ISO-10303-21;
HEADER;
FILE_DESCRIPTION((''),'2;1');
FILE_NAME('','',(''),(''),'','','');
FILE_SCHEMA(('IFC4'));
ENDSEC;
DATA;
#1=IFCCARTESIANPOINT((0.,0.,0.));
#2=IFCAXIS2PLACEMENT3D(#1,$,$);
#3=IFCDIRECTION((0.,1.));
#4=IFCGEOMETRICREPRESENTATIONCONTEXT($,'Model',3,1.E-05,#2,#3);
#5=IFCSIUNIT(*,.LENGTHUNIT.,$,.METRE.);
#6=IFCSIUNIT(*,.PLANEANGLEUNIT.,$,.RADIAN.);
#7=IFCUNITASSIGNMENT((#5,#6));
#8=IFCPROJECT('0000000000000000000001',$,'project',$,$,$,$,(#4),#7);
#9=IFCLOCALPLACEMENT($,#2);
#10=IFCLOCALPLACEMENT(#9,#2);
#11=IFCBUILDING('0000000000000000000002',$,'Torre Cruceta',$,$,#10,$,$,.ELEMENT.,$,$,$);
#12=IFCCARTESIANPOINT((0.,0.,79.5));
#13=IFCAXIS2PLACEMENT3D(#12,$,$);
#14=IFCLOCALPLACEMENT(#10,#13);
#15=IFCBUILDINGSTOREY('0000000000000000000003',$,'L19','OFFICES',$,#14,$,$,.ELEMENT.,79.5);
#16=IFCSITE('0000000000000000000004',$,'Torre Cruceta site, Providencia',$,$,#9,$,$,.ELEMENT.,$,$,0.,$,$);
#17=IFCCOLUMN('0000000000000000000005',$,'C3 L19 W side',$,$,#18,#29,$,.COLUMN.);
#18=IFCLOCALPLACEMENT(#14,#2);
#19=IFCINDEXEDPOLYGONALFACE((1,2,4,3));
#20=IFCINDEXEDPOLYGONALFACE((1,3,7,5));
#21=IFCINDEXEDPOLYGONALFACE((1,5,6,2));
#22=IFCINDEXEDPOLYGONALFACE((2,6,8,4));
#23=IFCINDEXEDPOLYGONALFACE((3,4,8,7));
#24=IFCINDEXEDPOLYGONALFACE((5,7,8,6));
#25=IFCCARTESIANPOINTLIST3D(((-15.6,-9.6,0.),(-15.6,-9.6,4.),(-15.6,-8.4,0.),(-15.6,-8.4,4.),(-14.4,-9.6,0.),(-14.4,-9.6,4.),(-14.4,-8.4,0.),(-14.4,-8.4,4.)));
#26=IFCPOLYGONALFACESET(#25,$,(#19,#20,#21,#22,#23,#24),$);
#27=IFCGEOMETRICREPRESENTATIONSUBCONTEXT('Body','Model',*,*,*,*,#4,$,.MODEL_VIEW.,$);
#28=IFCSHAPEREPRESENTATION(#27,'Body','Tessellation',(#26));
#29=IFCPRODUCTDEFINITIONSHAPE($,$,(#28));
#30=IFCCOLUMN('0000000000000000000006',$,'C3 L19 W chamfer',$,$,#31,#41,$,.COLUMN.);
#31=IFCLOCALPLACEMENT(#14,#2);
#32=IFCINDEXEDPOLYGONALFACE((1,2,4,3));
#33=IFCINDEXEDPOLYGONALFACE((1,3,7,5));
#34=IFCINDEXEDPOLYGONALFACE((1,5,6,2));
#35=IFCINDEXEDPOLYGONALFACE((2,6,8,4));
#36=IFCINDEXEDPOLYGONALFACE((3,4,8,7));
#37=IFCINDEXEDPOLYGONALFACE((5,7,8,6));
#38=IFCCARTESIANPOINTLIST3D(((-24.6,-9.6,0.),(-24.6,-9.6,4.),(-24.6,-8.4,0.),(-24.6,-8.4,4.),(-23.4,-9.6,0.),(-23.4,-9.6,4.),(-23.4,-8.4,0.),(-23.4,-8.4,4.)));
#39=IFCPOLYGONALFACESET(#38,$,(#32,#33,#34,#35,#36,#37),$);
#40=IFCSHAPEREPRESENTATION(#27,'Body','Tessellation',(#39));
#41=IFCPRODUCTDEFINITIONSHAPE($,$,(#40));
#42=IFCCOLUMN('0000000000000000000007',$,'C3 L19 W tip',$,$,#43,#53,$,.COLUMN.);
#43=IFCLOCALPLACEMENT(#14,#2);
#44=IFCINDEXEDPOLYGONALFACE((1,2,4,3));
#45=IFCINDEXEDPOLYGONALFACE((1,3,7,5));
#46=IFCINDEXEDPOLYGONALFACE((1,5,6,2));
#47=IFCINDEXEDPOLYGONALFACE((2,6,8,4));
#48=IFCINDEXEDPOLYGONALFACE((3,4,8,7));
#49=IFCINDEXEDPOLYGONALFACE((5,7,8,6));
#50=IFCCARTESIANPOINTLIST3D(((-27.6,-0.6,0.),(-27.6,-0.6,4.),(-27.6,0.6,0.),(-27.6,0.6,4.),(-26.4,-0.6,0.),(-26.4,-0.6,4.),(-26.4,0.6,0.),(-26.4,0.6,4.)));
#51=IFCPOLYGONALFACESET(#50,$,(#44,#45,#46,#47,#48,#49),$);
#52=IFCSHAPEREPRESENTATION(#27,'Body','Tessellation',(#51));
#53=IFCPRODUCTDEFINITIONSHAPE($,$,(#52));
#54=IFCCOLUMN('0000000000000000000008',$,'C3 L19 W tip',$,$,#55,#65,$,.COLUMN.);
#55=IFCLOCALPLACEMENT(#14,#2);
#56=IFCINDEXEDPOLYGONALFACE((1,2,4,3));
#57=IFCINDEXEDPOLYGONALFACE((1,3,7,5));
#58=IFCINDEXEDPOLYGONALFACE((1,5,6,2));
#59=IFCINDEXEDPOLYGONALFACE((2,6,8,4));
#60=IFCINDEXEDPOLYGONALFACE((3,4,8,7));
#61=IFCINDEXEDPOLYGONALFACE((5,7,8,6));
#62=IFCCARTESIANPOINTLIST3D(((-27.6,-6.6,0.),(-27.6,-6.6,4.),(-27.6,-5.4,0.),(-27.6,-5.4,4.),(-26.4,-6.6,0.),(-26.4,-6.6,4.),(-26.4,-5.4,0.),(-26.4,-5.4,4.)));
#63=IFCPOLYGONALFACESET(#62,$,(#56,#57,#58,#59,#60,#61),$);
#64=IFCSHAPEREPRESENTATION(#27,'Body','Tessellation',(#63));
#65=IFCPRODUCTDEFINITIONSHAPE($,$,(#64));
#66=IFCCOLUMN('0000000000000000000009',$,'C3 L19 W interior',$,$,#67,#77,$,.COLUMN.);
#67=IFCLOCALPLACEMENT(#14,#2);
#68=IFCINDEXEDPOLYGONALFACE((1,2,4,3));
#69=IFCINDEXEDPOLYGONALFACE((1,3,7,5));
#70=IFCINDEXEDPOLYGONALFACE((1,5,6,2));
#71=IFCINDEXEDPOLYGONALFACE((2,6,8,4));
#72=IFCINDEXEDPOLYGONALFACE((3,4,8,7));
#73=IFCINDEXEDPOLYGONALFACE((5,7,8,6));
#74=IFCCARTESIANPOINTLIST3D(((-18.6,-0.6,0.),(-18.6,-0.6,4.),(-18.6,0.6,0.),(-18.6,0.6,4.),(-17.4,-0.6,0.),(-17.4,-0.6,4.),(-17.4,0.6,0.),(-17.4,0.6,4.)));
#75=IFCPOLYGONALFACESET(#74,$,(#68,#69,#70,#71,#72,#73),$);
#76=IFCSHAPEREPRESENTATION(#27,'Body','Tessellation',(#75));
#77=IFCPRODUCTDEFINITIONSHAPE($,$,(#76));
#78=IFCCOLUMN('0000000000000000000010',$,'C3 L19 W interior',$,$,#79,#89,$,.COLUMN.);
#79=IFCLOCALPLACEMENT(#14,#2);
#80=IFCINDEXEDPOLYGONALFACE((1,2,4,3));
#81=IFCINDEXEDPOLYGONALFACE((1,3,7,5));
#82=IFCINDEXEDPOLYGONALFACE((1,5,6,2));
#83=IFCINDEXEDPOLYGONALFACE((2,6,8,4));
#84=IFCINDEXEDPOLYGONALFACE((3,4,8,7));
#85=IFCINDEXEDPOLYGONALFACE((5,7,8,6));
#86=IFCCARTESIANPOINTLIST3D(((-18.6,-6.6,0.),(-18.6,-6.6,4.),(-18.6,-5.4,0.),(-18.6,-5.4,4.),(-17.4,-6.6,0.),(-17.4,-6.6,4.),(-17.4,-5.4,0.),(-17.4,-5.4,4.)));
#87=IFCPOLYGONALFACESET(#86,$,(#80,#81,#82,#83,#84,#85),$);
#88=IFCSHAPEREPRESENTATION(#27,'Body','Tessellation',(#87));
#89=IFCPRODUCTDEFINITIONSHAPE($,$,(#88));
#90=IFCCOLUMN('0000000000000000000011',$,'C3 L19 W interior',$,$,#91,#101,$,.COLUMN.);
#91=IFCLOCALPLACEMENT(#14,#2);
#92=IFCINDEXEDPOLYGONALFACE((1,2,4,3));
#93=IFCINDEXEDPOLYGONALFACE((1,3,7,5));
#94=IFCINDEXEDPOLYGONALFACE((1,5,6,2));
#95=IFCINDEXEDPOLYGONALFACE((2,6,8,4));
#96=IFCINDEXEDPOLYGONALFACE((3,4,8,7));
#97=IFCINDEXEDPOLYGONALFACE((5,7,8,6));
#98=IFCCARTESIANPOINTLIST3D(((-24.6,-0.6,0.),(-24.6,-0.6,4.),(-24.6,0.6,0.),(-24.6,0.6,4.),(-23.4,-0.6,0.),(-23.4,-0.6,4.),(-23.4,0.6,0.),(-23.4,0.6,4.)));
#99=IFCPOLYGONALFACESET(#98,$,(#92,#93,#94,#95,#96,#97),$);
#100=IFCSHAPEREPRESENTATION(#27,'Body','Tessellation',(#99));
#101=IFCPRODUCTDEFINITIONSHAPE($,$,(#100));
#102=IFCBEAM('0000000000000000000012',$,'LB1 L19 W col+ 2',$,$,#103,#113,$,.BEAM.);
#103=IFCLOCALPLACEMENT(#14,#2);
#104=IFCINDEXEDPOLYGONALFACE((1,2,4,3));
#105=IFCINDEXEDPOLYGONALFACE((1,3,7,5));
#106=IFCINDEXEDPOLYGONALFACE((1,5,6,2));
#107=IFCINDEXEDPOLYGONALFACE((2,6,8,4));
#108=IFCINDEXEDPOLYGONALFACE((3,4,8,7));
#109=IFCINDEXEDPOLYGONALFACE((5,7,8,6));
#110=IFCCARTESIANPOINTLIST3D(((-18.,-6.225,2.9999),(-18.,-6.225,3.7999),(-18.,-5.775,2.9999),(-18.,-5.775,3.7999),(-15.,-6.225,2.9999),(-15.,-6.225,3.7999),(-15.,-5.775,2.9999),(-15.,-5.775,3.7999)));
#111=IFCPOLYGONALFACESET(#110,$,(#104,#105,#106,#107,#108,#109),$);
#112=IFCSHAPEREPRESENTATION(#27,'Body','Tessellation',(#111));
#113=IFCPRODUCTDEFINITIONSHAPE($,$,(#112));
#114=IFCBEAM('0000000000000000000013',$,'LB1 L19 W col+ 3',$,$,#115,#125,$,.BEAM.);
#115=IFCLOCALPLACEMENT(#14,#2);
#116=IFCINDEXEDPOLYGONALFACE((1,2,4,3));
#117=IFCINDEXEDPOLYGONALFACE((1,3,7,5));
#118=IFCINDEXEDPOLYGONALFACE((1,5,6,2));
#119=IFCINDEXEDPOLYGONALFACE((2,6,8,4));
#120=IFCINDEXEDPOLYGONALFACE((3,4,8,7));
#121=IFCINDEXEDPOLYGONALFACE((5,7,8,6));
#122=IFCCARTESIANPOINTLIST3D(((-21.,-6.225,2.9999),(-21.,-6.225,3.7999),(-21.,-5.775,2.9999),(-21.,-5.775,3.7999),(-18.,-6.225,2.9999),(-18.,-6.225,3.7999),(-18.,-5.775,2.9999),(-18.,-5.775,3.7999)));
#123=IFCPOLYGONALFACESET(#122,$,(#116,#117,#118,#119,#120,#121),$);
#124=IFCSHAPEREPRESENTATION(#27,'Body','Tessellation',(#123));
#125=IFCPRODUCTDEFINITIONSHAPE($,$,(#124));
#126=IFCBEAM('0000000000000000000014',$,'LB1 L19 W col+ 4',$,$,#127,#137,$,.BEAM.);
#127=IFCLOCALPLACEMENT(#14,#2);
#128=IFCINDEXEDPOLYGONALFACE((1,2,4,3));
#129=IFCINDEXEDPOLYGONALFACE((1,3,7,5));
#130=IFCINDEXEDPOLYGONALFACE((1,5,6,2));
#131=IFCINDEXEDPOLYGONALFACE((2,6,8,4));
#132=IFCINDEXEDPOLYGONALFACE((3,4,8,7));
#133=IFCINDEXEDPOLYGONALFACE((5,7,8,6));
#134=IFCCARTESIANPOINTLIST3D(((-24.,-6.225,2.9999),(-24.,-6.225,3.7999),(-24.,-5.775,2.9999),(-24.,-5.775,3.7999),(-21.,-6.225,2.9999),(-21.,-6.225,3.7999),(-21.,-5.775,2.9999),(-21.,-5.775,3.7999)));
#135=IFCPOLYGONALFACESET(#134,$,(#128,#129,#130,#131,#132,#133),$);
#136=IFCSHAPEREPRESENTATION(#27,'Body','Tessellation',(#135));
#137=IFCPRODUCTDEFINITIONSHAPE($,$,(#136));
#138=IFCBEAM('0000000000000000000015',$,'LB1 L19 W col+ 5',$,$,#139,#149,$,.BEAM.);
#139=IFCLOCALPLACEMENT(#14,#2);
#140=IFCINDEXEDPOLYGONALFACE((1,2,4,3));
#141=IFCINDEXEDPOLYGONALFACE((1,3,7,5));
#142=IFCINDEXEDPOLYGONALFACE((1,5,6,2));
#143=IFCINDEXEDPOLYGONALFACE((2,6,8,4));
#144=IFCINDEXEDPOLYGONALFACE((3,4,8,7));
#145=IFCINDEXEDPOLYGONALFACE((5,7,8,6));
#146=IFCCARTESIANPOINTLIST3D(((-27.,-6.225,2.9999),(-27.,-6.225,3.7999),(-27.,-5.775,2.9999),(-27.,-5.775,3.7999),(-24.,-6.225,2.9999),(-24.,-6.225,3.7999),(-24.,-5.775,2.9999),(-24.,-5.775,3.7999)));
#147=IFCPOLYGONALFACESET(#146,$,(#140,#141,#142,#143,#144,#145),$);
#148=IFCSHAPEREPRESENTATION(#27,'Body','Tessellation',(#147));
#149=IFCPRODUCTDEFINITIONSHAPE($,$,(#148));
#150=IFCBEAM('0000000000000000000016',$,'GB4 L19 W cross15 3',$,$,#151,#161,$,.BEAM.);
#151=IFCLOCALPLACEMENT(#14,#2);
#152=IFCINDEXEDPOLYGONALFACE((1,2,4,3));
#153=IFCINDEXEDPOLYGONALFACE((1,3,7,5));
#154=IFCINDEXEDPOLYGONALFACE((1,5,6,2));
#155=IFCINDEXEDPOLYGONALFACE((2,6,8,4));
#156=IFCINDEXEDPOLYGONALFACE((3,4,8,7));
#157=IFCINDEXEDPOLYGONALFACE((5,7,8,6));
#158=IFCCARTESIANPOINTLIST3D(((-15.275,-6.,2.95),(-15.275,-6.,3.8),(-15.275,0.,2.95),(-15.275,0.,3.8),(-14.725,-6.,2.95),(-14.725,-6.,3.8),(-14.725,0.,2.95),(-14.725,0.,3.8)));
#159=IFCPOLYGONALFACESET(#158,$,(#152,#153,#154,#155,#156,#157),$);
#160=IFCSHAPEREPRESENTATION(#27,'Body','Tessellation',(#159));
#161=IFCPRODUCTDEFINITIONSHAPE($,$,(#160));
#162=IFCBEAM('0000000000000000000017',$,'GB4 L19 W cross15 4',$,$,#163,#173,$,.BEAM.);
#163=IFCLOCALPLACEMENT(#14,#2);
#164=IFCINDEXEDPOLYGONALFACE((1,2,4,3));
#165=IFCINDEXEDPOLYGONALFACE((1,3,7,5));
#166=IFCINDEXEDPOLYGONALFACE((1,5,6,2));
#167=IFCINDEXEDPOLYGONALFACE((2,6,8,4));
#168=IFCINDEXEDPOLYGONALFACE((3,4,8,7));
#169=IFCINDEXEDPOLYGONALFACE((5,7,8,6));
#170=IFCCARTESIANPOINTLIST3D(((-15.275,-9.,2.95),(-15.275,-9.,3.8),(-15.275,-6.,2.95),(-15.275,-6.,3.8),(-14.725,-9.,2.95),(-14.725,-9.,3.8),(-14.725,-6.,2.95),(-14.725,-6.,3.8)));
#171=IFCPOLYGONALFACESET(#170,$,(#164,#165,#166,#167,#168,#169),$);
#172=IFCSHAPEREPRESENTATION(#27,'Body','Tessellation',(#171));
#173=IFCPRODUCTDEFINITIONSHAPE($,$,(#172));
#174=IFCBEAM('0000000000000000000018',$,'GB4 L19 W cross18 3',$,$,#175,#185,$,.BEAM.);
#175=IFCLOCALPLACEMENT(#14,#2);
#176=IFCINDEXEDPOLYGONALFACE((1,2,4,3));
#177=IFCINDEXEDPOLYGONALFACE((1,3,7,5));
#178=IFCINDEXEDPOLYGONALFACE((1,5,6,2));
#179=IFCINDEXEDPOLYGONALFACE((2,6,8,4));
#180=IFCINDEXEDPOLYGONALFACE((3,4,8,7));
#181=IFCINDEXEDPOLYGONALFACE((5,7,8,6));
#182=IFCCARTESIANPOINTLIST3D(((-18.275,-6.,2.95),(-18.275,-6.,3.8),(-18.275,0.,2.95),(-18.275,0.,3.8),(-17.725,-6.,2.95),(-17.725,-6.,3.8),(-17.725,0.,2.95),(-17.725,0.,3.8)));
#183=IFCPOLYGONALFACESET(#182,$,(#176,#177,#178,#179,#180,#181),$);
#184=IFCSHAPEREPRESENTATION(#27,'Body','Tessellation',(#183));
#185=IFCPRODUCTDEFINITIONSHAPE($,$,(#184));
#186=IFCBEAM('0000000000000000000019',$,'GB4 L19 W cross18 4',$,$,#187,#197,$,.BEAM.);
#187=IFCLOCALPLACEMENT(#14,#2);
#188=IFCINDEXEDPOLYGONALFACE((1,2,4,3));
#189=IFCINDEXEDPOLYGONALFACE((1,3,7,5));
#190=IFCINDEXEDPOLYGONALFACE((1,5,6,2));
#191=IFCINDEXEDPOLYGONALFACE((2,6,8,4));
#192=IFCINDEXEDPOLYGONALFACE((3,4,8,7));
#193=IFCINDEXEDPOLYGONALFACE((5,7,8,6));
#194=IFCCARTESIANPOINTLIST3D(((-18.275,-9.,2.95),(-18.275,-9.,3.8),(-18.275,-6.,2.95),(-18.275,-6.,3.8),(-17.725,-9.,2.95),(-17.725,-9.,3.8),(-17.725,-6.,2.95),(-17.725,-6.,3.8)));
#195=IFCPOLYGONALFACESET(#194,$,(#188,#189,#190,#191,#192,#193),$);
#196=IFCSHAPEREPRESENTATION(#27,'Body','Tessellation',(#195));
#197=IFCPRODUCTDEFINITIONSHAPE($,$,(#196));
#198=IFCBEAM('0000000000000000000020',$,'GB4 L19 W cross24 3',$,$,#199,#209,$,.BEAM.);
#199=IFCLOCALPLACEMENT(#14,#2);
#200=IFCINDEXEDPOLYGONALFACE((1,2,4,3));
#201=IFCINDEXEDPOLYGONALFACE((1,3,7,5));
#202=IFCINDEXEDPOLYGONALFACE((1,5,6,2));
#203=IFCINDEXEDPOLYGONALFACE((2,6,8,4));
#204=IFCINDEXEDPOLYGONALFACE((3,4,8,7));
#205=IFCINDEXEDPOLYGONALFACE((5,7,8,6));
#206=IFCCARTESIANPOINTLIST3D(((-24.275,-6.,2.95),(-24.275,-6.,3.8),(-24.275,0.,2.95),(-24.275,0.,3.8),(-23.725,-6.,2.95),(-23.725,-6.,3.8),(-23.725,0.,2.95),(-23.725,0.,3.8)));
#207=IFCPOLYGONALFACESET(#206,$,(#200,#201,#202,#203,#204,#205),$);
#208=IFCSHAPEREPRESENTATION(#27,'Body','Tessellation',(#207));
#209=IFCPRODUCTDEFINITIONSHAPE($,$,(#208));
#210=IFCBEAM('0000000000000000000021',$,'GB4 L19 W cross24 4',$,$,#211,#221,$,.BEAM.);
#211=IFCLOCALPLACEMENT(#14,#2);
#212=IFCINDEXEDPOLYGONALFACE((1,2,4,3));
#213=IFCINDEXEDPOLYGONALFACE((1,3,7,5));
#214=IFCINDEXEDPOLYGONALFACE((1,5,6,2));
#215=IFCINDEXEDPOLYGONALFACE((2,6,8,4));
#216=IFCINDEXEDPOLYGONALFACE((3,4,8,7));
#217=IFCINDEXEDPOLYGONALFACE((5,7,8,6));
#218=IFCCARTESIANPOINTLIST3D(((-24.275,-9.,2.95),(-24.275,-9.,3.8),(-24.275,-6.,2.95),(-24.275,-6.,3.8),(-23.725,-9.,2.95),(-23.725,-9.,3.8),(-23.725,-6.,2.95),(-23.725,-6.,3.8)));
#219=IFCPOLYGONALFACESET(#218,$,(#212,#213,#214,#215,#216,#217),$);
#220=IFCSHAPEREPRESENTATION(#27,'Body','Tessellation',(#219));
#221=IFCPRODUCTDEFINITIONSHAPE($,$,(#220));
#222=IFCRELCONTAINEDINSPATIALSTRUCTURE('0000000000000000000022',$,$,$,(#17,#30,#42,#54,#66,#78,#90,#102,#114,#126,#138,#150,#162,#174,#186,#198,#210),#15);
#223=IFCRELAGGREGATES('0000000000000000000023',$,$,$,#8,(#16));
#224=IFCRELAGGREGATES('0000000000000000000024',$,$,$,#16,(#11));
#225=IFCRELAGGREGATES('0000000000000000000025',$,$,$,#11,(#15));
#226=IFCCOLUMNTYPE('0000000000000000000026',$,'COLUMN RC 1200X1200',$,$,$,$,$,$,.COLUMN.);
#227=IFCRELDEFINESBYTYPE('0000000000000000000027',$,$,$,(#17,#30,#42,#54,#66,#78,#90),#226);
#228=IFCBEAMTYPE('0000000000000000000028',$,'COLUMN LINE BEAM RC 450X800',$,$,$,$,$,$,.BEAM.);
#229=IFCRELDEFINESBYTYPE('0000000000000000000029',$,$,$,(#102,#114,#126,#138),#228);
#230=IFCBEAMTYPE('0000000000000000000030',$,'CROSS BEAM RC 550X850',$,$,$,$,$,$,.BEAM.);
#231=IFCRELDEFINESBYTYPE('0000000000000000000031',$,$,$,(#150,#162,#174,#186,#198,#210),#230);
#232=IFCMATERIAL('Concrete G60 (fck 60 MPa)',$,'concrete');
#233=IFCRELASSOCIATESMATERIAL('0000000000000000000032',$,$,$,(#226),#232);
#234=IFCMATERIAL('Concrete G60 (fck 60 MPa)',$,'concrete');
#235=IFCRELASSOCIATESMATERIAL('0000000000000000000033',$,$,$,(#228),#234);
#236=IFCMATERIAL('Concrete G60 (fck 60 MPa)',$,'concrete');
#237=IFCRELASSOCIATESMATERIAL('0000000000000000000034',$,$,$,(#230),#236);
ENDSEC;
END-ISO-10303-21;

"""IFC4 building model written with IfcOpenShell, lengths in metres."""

from ifc_helpers import new_model, si_unit, direction, frame, origin, origin_2d, place, context, subcontext, project, spatial, rectangle, extrude, material, material_profile, profile_set, type_object, element, save


model = new_model("IFC4")

# Units and contexts
model_context = context("Model", 3, precision=1e-05, world=origin(), true_north=direction((0.0, 1.0)))
body_context = subcontext(model_context, "Body", "Model", "MODEL_VIEW")
ifc_project = project(units=[si_unit("LENGTHUNIT", "METRE"), si_unit("PLANEANGLEUNIT", "RADIAN")], contexts=[model_context])

# Site, building, storey
site_placement = place(None, origin())
site = spatial("IfcSite", under=ifc_project, at=site_placement, Name="Torre Cruceta site, Providencia", CompositionType="ELEMENT", RefElevation=0.0)
building_placement = place(site_placement, origin())
building = spatial("IfcBuilding", under=site, at=building_placement, Name="Torre Cruceta", CompositionType="ELEMENT")
storey_placement = place(building_placement, frame((0.0, 0.0, 79.5)))
storey = spatial("IfcBuildingStorey", under=building, at=storey_placement, Name="L19", Description="OFFICES", CompositionType="ELEMENT", Elevation=79.5)

# Columns
ifc_material_1 = material(Name="Concrete G60 (fck 60 MPa)", Category="concrete")
ifc_material_profile_1 = material_profile(ifc_material_1, rectangle(XDim=1.2, YDim=1.2, at=origin_2d()), Name="RC 1200X1200")
ifc_profile_set_1 = profile_set([ifc_material_profile_1], Name="Concrete G60 (fck 60 MPa)")
column_type = type_object("IfcColumnType", Name="COLUMN RC 1200X1200", PredefinedType="COLUMN", material=ifc_profile_set_1)
for number, where, z_axis, x_axis, name in (
    (1, (-15.0, -9.0, 0.0), (0.0, 0.0, 1.0), (1.0, 0.0, 0.0), "C3 L19 W side"),
    (2, (-24.0, -9.0, 0.0), (0.0, 0.0, 1.0), (1.0, 0.0, 0.0), "C3 L19 W chamfer"),
    (3, (-27.0, 0.0, 0.0), (0.0, 0.0, 1.0), (1.0, 0.0, 0.0), "C3 L19 W tip"),
    (4, (-27.0, -6.0, 0.0), (0.0, 0.0, 1.0), (1.0, 0.0, 0.0), "C3 L19 W tip"),
    (5, (-18.0, 0.0, 0.0), (0.0, 0.0, 1.0), (1.0, 0.0, 0.0), "C3 L19 W interior"),
    (6, (-18.0, -6.0, 0.0), (0.0, 0.0, 1.0), (1.0, 0.0, 0.0), "C3 L19 W interior"),
    (7, (-24.0, 0.0, 0.0), (0.0, 0.0, 1.0), (1.0, 0.0, 0.0), "C3 L19 W interior"),
):
    element("IfcColumn", number, at=place(storey_placement, frame(where, z_axis=z_axis, x_axis=x_axis)), inside=storey, type_object=column_type, Name=name, PredefinedType="COLUMN", context=body_context, shape_type="SweptSolid", body=[
        extrude(rectangle(XDim=1.2, YDim=1.2, at=origin_2d()), origin(), (0.0, 0.0, 1.0), 4.0),
    ])

# Beams
ifc_material_2 = material(Name="Concrete G60 (fck 60 MPa)", Category="concrete")
ifc_material_profile_2 = material_profile(ifc_material_2, rectangle(XDim=0.45, YDim=0.8, at=origin_2d()), Name="RC 450X800")
ifc_profile_set_2 = profile_set([ifc_material_profile_2], Name="Concrete G60 (fck 60 MPa)")
beam_type_1 = type_object("IfcBeamType", Name="COLUMN LINE BEAM RC 450X800", PredefinedType="BEAM", material=ifc_profile_set_2)
for number, where, z_axis, x_axis, name in (
    (8, (-15.0, -6.0, 3.3999), (-1.0, 0.0, 0.0), (0.0, -1.0, 0.0), "LB1 L19 W col+ 2"),
    (9, (-18.0, -6.0, 3.3999), (-1.0, 0.0, 0.0), (0.0, -1.0, 0.0), "LB1 L19 W col+ 3"),
    (10, (-21.0, -6.0, 3.3999), (-1.0, 0.0, 0.0), (0.0, -1.0, 0.0), "LB1 L19 W col+ 4"),
    (11, (-24.0, -6.0, 3.3999), (-1.0, 0.0, 0.0), (0.0, -1.0, 0.0), "LB1 L19 W col+ 5"),
):
    element("IfcBeam", number, at=place(storey_placement, frame(where, z_axis=z_axis, x_axis=x_axis)), inside=storey, type_object=beam_type_1, Name=name, PredefinedType="BEAM", context=body_context, shape_type="SweptSolid", body=[
        extrude(rectangle(XDim=0.45, YDim=0.8, at=origin_2d()), origin(), (0.0, 0.0, 1.0), 3.0),
    ])
ifc_material_3 = material(Name="Concrete G60 (fck 60 MPa)", Category="concrete")
ifc_material_profile_3 = material_profile(ifc_material_3, rectangle(XDim=0.55, YDim=0.8501, at=origin_2d()), Name="RC 550X850")
ifc_profile_set_3 = profile_set([ifc_material_profile_3], Name="Concrete G60 (fck 60 MPa)")
beam_type_2 = type_object("IfcBeamType", Name="CROSS BEAM RC 550X850", PredefinedType="BEAM", material=ifc_profile_set_3)
beam_1_placement = place(storey_placement, frame((-15.0, 0.0, 3.375), z_axis=(0.0, -1.0, 0.0), x_axis=(1.0, 0.0, 0.0)))
element("IfcBeam", 12, at=beam_1_placement, inside=storey, type_object=beam_type_2, Name="GB4 L19 W cross15 3", PredefinedType="BEAM", context=body_context, shape_type="SweptSolid", body=[
    extrude(rectangle(XDim=0.55, YDim=0.8501, at=origin_2d()), origin(), (0.0, 0.0, 1.0), 6.0),
])
beam_2_placement = place(storey_placement, frame((-15.0, -6.0, 3.375), z_axis=(0.0, -1.0, 0.0), x_axis=(1.0, 0.0, 0.0)))
element("IfcBeam", 13, at=beam_2_placement, inside=storey, type_object=beam_type_2, Name="GB4 L19 W cross15 4", PredefinedType="BEAM", context=body_context, shape_type="SweptSolid", body=[
    extrude(rectangle(XDim=0.55, YDim=0.8501, at=origin_2d()), origin(), (0.0, 0.0, 1.0), 3.0),
])
beam_3_placement = place(storey_placement, frame((-18.0, 0.0, 3.375), z_axis=(0.0, -1.0, 0.0), x_axis=(1.0, 0.0, 0.0)))
element("IfcBeam", 14, at=beam_3_placement, inside=storey, type_object=beam_type_2, Name="GB4 L19 W cross18 3", PredefinedType="BEAM", context=body_context, shape_type="SweptSolid", body=[
    extrude(rectangle(XDim=0.55, YDim=0.8501, at=origin_2d()), origin(), (0.0, 0.0, 1.0), 6.0),
])
beam_4_placement = place(storey_placement, frame((-18.0, -6.0, 3.375), z_axis=(0.0, -1.0, 0.0), x_axis=(1.0, 0.0, 0.0)))
element("IfcBeam", 15, at=beam_4_placement, inside=storey, type_object=beam_type_2, Name="GB4 L19 W cross18 4", PredefinedType="BEAM", context=body_context, shape_type="SweptSolid", body=[
    extrude(rectangle(XDim=0.55, YDim=0.8501, at=origin_2d()), origin(), (0.0, 0.0, 1.0), 3.0),
])
beam_5_placement = place(storey_placement, frame((-24.0, 0.0, 3.375), z_axis=(0.0, -1.0, 0.0), x_axis=(1.0, 0.0, 0.0)))
element("IfcBeam", 16, at=beam_5_placement, inside=storey, type_object=beam_type_2, Name="GB4 L19 W cross24 3", PredefinedType="BEAM", context=body_context, shape_type="SweptSolid", body=[
    extrude(rectangle(XDim=0.55, YDim=0.8501, at=origin_2d()), origin(), (0.0, 0.0, 1.0), 6.0),
])
beam_6_placement = place(storey_placement, frame((-24.0, -6.0, 3.375), z_axis=(0.0, -1.0, 0.0), x_axis=(1.0, 0.0, 0.0)))
element("IfcBeam", 17, at=beam_6_placement, inside=storey, type_object=beam_type_2, Name="GB4 L19 W cross24 4", PredefinedType="BEAM", context=body_context, shape_type="SweptSolid", body=[
    extrude(rectangle(XDim=0.55, YDim=0.8501, at=origin_2d()), origin(), (0.0, 0.0, 1.0), 3.0),
])

save(model, "model.ifc")
